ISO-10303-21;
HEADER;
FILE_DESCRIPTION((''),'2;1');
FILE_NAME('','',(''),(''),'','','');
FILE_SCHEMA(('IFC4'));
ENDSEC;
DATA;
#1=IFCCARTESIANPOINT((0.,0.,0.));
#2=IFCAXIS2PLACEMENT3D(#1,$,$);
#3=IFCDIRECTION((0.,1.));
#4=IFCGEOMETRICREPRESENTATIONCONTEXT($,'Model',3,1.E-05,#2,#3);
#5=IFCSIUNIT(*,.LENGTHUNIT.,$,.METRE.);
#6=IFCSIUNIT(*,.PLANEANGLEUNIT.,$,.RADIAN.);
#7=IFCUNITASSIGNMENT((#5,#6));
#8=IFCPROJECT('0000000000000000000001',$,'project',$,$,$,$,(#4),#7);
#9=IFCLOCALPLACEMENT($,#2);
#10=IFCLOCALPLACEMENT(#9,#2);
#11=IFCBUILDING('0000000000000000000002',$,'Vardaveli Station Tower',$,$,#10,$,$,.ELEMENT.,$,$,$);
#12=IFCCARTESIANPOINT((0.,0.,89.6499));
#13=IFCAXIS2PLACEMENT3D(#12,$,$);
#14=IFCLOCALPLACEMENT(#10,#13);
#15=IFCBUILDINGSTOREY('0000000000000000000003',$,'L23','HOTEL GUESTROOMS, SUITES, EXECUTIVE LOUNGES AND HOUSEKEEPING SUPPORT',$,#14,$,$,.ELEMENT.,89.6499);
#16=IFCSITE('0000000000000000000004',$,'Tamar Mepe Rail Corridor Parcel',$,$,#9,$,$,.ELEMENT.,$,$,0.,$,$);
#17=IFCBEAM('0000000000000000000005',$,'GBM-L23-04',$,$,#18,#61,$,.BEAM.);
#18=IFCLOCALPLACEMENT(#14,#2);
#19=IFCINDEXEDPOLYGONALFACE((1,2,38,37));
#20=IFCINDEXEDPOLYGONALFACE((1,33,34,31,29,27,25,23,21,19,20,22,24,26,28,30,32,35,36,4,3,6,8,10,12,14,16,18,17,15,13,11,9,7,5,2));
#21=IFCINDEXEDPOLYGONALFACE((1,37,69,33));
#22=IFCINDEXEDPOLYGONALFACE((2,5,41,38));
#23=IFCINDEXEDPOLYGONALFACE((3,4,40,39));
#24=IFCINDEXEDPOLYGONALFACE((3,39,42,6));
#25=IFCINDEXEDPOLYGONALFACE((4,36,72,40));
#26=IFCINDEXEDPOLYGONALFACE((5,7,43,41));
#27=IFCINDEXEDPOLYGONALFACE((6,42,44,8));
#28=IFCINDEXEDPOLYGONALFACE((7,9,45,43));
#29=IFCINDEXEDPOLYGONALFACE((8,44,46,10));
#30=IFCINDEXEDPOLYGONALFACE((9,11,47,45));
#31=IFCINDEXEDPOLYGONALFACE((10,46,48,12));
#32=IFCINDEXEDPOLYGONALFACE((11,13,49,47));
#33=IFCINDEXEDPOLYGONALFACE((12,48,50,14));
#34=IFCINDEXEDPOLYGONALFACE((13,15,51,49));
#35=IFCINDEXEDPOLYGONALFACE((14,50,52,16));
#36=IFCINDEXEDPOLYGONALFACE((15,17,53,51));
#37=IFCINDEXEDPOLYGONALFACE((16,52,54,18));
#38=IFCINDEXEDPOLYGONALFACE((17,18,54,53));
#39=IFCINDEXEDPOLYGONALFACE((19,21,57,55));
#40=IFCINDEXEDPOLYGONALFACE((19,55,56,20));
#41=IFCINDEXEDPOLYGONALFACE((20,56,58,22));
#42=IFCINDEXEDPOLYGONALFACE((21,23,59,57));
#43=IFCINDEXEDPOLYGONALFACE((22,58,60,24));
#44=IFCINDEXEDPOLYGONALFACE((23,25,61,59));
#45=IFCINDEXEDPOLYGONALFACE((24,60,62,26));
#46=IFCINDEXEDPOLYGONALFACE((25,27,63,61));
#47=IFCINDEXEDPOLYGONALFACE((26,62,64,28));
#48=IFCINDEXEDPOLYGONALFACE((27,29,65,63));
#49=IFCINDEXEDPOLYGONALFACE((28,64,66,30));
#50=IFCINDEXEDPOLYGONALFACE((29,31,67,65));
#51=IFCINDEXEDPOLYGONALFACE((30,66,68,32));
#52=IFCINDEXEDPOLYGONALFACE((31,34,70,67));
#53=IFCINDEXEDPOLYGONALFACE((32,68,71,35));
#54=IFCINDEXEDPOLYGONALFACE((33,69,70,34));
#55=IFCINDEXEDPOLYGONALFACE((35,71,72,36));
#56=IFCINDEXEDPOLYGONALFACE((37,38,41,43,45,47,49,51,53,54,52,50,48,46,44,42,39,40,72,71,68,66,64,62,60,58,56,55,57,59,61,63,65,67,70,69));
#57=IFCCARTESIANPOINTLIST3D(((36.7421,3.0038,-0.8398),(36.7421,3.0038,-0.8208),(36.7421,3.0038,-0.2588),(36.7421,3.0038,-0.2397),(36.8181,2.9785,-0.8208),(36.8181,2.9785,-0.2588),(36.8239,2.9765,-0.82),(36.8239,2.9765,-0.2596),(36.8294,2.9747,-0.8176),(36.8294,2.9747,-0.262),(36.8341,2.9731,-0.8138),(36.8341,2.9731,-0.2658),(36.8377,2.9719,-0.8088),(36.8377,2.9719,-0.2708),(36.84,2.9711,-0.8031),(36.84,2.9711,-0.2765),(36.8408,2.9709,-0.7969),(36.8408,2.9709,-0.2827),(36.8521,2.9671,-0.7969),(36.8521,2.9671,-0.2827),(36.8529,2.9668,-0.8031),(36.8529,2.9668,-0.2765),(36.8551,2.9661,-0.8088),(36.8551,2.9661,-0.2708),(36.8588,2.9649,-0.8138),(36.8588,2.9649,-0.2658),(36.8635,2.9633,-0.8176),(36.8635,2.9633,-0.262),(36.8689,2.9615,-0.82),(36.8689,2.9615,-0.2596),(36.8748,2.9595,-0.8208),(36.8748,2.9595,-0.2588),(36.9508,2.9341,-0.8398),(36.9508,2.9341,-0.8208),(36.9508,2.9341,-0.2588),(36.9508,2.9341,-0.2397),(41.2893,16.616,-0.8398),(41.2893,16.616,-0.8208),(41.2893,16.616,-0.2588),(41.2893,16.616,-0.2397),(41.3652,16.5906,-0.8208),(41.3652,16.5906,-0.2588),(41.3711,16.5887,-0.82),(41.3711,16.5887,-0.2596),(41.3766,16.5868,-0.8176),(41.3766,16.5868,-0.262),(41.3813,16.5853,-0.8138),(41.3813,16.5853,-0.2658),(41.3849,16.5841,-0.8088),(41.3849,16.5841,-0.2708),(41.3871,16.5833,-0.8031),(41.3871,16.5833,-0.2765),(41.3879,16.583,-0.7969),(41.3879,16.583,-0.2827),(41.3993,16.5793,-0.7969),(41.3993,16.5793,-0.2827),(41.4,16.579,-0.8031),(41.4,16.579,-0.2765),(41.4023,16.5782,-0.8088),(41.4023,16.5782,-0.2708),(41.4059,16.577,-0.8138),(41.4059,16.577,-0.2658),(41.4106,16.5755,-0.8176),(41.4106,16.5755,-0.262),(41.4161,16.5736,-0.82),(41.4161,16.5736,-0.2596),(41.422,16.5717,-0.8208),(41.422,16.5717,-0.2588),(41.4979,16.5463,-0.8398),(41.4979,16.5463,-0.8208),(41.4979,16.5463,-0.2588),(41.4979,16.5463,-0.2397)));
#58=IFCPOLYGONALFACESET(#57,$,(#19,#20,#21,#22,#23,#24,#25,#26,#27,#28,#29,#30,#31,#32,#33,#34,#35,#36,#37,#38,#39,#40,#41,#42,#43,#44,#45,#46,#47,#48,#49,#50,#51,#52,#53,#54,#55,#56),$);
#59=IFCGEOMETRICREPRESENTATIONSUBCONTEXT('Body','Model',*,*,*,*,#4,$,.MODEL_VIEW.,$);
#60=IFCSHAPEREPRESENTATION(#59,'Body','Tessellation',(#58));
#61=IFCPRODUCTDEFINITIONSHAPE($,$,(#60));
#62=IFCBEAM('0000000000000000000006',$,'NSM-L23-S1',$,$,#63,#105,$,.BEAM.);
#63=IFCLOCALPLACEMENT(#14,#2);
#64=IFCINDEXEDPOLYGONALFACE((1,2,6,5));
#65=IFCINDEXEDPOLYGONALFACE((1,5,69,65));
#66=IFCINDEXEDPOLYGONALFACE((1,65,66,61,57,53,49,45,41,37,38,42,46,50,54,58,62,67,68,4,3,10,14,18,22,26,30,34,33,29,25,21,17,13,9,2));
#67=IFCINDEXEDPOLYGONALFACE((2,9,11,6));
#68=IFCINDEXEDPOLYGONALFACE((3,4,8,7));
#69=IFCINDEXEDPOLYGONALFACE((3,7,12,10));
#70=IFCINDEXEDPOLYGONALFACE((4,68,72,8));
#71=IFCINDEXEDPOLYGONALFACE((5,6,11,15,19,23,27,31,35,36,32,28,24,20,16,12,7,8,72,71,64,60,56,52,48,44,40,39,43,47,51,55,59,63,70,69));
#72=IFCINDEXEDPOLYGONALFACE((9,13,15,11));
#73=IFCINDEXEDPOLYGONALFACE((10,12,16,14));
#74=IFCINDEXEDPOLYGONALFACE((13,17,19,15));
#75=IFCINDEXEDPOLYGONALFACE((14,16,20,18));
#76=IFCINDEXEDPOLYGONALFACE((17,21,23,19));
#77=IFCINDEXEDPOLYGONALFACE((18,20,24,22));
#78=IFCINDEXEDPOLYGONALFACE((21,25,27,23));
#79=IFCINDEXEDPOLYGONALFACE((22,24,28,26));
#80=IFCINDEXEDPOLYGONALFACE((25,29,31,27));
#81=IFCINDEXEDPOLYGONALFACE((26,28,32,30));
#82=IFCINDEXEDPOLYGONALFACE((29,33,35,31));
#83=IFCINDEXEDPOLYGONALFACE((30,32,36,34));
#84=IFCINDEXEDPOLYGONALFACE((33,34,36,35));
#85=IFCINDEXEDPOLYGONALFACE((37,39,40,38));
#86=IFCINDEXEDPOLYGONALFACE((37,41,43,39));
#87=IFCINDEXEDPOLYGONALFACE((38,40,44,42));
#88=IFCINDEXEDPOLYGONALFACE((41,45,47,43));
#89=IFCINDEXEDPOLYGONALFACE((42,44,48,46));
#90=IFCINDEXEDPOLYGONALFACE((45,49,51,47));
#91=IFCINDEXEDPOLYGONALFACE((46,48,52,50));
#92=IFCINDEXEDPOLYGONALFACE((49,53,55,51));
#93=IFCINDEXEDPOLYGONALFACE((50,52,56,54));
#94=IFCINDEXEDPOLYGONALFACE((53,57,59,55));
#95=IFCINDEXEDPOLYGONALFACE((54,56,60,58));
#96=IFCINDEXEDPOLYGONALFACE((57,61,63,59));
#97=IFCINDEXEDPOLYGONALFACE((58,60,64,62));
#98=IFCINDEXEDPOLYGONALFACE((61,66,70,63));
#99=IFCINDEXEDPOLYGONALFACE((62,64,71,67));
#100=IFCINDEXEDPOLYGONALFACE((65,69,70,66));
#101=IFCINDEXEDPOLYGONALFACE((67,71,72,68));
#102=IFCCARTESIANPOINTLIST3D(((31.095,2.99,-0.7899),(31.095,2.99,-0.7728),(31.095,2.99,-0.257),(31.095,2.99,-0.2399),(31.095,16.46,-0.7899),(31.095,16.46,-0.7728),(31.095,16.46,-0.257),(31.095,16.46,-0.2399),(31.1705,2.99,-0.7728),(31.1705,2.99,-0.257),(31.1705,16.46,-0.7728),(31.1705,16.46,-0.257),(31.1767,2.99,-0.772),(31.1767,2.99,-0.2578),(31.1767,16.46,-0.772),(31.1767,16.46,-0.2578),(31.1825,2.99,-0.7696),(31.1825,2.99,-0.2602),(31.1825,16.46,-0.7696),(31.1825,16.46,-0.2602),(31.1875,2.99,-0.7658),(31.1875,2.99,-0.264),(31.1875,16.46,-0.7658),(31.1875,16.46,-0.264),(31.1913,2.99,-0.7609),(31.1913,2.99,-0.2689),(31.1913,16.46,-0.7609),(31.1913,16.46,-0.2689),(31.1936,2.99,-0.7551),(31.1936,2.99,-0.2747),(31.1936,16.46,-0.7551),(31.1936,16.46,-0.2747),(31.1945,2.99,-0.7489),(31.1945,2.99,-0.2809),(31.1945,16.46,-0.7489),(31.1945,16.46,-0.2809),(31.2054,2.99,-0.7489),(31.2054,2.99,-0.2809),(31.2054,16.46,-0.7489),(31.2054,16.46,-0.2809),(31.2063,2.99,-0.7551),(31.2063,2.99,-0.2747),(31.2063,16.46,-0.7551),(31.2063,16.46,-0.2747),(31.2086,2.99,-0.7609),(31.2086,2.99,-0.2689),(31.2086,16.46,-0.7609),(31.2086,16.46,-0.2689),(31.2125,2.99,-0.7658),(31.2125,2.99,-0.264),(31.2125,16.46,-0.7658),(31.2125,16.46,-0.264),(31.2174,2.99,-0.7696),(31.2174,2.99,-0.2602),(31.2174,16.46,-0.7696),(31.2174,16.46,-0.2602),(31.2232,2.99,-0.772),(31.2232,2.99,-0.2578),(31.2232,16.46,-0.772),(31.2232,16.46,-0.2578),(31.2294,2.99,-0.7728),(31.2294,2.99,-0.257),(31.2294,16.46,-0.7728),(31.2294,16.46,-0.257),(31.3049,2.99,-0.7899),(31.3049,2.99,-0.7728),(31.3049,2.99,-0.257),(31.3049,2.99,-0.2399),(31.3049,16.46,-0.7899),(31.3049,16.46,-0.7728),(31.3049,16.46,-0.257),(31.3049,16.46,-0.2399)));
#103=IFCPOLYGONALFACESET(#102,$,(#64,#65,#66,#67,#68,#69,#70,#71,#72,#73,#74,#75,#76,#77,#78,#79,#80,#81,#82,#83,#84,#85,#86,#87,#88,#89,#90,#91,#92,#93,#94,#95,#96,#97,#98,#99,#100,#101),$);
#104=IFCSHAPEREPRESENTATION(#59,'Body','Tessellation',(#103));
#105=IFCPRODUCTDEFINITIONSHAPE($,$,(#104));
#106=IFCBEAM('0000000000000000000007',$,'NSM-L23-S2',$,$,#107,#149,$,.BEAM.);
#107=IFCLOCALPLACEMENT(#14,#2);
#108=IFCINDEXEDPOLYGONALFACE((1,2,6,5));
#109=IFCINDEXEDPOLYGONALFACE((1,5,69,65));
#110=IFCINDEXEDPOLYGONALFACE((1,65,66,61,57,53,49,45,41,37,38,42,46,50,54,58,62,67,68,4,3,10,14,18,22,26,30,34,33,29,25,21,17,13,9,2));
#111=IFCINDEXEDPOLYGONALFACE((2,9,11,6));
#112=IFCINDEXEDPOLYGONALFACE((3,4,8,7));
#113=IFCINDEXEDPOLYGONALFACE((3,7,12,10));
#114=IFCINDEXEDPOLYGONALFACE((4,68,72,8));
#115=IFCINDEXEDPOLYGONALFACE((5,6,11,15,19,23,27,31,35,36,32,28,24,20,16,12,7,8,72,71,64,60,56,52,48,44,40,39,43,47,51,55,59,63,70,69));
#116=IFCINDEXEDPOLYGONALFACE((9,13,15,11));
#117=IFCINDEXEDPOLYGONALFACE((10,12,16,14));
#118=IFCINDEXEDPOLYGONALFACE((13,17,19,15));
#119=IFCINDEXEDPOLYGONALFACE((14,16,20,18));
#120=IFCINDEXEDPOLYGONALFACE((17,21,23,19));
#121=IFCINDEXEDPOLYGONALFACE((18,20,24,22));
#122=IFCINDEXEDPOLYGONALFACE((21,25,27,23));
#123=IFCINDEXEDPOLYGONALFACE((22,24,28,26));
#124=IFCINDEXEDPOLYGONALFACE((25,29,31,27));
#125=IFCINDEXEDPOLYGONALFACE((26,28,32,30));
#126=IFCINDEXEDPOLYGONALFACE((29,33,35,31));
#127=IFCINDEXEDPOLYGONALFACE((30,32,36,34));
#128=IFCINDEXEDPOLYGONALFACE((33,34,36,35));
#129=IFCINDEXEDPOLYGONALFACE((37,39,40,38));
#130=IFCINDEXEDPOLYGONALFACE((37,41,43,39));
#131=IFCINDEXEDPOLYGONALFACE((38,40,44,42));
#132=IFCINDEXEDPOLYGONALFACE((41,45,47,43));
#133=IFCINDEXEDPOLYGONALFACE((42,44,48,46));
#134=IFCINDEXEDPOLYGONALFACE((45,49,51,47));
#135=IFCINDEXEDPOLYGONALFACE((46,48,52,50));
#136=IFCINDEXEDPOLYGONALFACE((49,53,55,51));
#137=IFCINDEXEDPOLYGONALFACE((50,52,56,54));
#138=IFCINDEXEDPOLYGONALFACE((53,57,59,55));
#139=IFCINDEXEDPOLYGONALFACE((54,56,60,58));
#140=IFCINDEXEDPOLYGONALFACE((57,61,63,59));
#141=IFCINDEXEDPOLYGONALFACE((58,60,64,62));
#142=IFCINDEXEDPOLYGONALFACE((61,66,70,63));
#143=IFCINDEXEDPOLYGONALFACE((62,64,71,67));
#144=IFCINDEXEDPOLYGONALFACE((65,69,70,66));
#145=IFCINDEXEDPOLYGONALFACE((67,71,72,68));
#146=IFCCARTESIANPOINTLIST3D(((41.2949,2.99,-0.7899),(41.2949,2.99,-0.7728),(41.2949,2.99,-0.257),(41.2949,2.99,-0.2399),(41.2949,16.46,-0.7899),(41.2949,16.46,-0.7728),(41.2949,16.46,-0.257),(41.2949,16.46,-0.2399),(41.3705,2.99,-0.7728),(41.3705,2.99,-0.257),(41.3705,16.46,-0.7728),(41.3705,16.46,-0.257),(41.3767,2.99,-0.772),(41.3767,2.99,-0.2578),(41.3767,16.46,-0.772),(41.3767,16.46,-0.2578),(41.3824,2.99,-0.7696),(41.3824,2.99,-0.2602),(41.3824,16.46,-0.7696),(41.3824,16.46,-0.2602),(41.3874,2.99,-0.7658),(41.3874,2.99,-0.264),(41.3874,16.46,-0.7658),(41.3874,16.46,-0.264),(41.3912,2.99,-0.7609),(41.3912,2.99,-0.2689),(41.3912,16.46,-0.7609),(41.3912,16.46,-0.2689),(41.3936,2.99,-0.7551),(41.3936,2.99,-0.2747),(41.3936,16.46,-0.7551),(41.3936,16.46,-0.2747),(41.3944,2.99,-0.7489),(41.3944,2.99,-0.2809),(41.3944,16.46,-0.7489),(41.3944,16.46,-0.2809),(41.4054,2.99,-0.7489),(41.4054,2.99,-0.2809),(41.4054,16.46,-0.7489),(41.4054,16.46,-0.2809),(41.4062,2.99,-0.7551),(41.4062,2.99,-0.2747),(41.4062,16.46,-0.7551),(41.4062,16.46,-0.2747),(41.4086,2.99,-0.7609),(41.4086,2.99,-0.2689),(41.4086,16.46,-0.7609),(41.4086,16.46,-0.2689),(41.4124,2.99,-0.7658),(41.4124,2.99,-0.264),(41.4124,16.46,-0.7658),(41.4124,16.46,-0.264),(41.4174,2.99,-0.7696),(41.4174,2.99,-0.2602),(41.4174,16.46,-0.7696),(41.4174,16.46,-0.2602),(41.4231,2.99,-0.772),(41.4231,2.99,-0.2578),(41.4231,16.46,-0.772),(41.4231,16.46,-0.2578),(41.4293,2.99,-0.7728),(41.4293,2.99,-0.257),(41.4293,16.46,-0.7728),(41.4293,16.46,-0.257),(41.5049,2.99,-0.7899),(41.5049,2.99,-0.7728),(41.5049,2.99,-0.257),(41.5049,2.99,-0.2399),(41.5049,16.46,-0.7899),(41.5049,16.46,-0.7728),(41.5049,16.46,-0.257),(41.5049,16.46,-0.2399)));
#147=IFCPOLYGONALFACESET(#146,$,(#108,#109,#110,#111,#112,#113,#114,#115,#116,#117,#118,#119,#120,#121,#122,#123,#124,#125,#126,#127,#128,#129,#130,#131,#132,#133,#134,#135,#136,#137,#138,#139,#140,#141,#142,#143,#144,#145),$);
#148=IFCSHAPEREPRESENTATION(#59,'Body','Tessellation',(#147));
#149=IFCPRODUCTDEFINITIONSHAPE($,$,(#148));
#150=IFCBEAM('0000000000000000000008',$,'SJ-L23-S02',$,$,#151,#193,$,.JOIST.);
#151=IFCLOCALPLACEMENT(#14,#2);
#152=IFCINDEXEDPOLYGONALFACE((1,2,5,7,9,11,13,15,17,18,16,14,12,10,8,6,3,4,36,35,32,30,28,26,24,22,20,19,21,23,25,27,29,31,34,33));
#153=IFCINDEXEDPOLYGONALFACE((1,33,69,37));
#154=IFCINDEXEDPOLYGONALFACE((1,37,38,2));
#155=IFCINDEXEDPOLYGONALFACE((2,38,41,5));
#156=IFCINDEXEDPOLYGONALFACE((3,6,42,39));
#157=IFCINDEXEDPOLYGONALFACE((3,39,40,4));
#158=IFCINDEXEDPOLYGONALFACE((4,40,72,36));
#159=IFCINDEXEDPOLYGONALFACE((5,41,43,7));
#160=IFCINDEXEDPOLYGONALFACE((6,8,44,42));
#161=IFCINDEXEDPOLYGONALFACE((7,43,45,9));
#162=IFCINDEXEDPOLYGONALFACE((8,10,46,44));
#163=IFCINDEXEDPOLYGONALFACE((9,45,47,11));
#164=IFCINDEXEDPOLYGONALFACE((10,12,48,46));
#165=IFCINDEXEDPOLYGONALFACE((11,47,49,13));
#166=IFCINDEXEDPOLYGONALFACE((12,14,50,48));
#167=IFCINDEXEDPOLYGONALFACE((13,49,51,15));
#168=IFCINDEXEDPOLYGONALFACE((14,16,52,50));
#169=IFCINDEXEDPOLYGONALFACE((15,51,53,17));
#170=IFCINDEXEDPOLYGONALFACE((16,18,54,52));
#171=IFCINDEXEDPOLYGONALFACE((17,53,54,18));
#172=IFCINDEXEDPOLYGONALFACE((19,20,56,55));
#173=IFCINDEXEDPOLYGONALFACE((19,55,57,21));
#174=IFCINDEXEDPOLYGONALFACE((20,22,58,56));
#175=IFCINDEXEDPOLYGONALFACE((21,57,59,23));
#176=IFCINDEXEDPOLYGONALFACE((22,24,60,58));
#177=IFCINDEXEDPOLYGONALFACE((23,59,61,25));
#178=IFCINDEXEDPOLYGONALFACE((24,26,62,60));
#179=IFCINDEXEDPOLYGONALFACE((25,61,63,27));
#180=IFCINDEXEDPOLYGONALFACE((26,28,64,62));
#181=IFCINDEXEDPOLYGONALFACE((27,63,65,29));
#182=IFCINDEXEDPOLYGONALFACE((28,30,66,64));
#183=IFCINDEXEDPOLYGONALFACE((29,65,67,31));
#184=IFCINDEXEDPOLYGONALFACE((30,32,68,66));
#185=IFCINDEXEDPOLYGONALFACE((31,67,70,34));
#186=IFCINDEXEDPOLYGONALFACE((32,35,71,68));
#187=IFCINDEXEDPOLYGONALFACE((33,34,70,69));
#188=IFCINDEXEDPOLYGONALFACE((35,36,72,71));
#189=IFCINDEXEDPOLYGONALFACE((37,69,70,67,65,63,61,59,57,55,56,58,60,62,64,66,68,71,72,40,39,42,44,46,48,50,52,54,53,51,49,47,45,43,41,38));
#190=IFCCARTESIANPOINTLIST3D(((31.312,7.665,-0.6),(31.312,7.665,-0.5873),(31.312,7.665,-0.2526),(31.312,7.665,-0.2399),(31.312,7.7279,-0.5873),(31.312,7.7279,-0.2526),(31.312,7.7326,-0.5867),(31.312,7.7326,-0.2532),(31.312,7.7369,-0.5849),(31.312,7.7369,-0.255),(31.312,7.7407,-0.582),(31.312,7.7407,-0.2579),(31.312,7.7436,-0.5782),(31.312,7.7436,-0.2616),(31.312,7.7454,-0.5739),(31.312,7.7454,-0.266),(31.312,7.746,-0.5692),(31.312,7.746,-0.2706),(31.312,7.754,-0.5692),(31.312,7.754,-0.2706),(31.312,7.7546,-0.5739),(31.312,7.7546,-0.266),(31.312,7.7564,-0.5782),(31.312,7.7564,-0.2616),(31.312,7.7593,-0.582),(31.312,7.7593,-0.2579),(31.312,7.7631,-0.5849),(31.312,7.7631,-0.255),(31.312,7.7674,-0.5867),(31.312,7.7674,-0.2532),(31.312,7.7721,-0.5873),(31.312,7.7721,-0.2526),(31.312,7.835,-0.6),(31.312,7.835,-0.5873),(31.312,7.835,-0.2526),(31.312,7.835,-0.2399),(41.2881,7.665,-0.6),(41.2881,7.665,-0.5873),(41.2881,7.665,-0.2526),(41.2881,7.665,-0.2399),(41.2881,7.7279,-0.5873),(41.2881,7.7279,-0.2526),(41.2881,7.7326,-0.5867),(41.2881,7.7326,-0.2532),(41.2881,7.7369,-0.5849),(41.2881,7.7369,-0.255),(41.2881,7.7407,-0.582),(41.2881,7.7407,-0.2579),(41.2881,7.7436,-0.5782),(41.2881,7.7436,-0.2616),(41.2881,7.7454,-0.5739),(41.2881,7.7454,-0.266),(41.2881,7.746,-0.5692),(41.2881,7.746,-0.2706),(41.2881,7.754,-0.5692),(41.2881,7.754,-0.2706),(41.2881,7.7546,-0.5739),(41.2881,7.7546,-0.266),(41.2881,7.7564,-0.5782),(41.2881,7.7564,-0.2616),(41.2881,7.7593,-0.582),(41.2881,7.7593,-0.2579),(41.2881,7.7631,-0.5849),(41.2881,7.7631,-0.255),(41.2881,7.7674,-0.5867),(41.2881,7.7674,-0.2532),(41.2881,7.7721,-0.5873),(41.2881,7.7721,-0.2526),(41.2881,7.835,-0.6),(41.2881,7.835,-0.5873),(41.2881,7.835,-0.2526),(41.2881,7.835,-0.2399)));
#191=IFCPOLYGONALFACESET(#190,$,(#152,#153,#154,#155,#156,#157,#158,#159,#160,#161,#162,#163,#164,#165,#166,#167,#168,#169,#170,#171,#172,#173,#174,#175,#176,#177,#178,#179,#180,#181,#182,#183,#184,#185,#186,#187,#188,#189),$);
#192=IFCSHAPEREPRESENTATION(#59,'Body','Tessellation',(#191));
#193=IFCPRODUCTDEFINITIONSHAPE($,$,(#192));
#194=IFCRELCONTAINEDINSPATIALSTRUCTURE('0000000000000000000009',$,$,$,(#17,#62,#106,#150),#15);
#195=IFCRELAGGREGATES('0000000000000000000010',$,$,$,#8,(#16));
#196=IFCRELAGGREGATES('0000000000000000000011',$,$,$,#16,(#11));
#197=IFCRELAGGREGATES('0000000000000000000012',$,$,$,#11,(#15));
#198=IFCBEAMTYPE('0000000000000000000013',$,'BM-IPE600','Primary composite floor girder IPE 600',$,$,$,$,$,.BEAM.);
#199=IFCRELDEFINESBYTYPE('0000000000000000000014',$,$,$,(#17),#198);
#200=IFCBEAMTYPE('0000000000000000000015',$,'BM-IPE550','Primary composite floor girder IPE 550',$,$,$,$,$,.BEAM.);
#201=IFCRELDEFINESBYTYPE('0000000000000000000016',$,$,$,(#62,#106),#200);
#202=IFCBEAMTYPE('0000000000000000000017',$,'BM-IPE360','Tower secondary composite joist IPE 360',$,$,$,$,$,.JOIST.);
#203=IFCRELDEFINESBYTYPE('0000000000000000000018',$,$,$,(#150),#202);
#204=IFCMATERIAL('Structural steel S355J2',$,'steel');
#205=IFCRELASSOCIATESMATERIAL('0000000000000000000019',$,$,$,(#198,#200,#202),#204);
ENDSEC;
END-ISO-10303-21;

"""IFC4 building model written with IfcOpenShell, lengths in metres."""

from ifc_helpers import new_model, si_unit, direction, frame, origin, origin_2d, place, context, subcontext, project, spatial, i_section, extrude, source, transform, mapped, material, material_profile, profile_set, type_object, element, save


model = new_model("IFC4")

# Units and contexts
model_context = context("Model", 3, precision=1e-05, world=origin(), true_north=direction((0.0, 1.0)))
body_context = subcontext(model_context, "Body", "Model", "MODEL_VIEW")
ifc_project = project(units=[si_unit("LENGTHUNIT", "METRE"), si_unit("PLANEANGLEUNIT", "RADIAN")], contexts=[model_context])

# Site, building, storey
site_placement = place(None, origin())
site = spatial("IfcSite", under=ifc_project, at=site_placement, Name="Tamar Mepe Rail Corridor Parcel", CompositionType="ELEMENT", RefElevation=0.0)
building_placement = place(site_placement, origin())
building = spatial("IfcBuilding", under=site, at=building_placement, Name="Vardaveli Station Tower", CompositionType="ELEMENT")
storey_placement = place(building_placement, frame((0.0, 0.0, 89.6499)))
storey = spatial("IfcBuildingStorey", under=building, at=storey_placement, Name="L23", Description="HOTEL GUESTROOMS, SUITES, EXECUTIVE LOUNGES AND HOUSEKEEPING SUPPORT", CompositionType="ELEMENT", Elevation=89.6499)

# Beams
ifc_material_1 = material(Name="Structural steel S355J2", Category="steel")
ifc_material_profile_1 = material_profile(ifc_material_1, i_section(OverallWidth=0.22, OverallDepth=0.6001, WebThickness=0.012, FlangeThickness=0.019, FilletRadius=0.0239, at=origin_2d()), Name="IPE 600")
ifc_profile_set_1 = profile_set([ifc_material_profile_1], Name="Structural steel S355J2")
beam_type_1 = type_object("IfcBeamType", Name="BM-IPE600", Description="Primary composite floor girder IPE 600", PredefinedType="BEAM", material=ifc_profile_set_1)
shared_shape_1 = source(origin(), body_context, "Body", "SweptSolid", [
    extrude(i_section(OverallWidth=0.22, OverallDepth=0.6001, WebThickness=0.012, FlangeThickness=0.019, FilletRadius=0.0239, at=origin_2d()), origin(), (0.0, 0.0, 1.0), 14.3516),
])
beam_1_placement = place(storey_placement, frame((36.8464, 2.969, -0.5398), z_axis=(0.31684, 0.948479, 0.0), x_axis=(-0.948479, 0.31684, 0.0)))
element("IfcBeam", 1, at=beam_1_placement, inside=storey, type_object=beam_type_1, Name="GBM-L23-04", PredefinedType="BEAM", context=body_context, shape_type="MappedRepresentation", body=[
    mapped(shared_shape_1, transform((0.0, 0.0, 0.0), scale=1.0)),
])
ifc_material_profile_2 = material_profile(ifc_material_1, i_section(OverallWidth=0.21, OverallDepth=0.55, WebThickness=0.011, FlangeThickness=0.0171, FilletRadius=0.0239, at=origin_2d()), Name="IPE 550")
ifc_profile_set_2 = profile_set([ifc_material_profile_2], Name="Structural steel S355J2")
beam_type_2 = type_object("IfcBeamType", Name="BM-IPE550", Description="Primary composite floor girder IPE 550", PredefinedType="BEAM", material=ifc_profile_set_2)
shared_shape_2 = source(origin(), body_context, "Body", "SweptSolid", [
    extrude(i_section(OverallWidth=0.21, OverallDepth=0.55, WebThickness=0.011, FlangeThickness=0.0171, FilletRadius=0.0239, at=origin_2d()), origin(), (0.0, 0.0, 1.0), 13.47),
])
for number, where, z_axis, x_axis, name in (
    (2, (31.2, 2.99, -0.5149), (0.0, 1.0, 0.0), (-1.0, 0.0, 0.0), "NSM-L23-S1"),
    (3, (41.3999, 2.99, -0.5149), (0.0, 1.0, 0.0), (-1.0, 0.0, 0.0), "NSM-L23-S2"),
):
    element("IfcBeam", number, at=place(storey_placement, frame(where, z_axis=z_axis, x_axis=x_axis)), inside=storey, type_object=beam_type_2, Name=name, PredefinedType="BEAM", context=body_context, shape_type="MappedRepresentation", body=[
        mapped(shared_shape_2, transform((0.0, 0.0, 0.0), scale=1.0)),
    ])
ifc_material_profile_3 = material_profile(ifc_material_1, i_section(OverallWidth=0.1699, OverallDepth=0.3601, WebThickness=0.0081, FlangeThickness=0.0127, FilletRadius=0.0181, at=origin_2d()), Name="IPE 360")
ifc_profile_set_3 = profile_set([ifc_material_profile_3], Name="Structural steel S355J2")
beam_type_3 = type_object("IfcBeamType", Name="BM-IPE360", Description="Tower secondary composite joist IPE 360", PredefinedType="JOIST", material=ifc_profile_set_3)
shared_shape_3 = source(origin(), body_context, "Body", "SweptSolid", [
    extrude(i_section(OverallWidth=0.1699, OverallDepth=0.3601, WebThickness=0.0081, FlangeThickness=0.0127, FilletRadius=0.0181, at=origin_2d()), origin(), (0.0, 0.0, 1.0), 9.9761),
])
for number, where, z_axis, x_axis, name in (
    (4, (31.312, 7.75, -0.4199), (1.0, 0.0, 0.0), (0.0, 1.0, 0.0), "SJ-L23-S02"),
):
    element("IfcBeam", number, at=place(storey_placement, frame(where, z_axis=z_axis, x_axis=x_axis)), inside=storey, type_object=beam_type_3, Name=name, PredefinedType="JOIST", context=body_context, shape_type="MappedRepresentation", body=[
        mapped(shared_shape_3, transform((0.0, 0.0, 0.0), scale=1.0)),
    ])

save(model, "model.ifc")
